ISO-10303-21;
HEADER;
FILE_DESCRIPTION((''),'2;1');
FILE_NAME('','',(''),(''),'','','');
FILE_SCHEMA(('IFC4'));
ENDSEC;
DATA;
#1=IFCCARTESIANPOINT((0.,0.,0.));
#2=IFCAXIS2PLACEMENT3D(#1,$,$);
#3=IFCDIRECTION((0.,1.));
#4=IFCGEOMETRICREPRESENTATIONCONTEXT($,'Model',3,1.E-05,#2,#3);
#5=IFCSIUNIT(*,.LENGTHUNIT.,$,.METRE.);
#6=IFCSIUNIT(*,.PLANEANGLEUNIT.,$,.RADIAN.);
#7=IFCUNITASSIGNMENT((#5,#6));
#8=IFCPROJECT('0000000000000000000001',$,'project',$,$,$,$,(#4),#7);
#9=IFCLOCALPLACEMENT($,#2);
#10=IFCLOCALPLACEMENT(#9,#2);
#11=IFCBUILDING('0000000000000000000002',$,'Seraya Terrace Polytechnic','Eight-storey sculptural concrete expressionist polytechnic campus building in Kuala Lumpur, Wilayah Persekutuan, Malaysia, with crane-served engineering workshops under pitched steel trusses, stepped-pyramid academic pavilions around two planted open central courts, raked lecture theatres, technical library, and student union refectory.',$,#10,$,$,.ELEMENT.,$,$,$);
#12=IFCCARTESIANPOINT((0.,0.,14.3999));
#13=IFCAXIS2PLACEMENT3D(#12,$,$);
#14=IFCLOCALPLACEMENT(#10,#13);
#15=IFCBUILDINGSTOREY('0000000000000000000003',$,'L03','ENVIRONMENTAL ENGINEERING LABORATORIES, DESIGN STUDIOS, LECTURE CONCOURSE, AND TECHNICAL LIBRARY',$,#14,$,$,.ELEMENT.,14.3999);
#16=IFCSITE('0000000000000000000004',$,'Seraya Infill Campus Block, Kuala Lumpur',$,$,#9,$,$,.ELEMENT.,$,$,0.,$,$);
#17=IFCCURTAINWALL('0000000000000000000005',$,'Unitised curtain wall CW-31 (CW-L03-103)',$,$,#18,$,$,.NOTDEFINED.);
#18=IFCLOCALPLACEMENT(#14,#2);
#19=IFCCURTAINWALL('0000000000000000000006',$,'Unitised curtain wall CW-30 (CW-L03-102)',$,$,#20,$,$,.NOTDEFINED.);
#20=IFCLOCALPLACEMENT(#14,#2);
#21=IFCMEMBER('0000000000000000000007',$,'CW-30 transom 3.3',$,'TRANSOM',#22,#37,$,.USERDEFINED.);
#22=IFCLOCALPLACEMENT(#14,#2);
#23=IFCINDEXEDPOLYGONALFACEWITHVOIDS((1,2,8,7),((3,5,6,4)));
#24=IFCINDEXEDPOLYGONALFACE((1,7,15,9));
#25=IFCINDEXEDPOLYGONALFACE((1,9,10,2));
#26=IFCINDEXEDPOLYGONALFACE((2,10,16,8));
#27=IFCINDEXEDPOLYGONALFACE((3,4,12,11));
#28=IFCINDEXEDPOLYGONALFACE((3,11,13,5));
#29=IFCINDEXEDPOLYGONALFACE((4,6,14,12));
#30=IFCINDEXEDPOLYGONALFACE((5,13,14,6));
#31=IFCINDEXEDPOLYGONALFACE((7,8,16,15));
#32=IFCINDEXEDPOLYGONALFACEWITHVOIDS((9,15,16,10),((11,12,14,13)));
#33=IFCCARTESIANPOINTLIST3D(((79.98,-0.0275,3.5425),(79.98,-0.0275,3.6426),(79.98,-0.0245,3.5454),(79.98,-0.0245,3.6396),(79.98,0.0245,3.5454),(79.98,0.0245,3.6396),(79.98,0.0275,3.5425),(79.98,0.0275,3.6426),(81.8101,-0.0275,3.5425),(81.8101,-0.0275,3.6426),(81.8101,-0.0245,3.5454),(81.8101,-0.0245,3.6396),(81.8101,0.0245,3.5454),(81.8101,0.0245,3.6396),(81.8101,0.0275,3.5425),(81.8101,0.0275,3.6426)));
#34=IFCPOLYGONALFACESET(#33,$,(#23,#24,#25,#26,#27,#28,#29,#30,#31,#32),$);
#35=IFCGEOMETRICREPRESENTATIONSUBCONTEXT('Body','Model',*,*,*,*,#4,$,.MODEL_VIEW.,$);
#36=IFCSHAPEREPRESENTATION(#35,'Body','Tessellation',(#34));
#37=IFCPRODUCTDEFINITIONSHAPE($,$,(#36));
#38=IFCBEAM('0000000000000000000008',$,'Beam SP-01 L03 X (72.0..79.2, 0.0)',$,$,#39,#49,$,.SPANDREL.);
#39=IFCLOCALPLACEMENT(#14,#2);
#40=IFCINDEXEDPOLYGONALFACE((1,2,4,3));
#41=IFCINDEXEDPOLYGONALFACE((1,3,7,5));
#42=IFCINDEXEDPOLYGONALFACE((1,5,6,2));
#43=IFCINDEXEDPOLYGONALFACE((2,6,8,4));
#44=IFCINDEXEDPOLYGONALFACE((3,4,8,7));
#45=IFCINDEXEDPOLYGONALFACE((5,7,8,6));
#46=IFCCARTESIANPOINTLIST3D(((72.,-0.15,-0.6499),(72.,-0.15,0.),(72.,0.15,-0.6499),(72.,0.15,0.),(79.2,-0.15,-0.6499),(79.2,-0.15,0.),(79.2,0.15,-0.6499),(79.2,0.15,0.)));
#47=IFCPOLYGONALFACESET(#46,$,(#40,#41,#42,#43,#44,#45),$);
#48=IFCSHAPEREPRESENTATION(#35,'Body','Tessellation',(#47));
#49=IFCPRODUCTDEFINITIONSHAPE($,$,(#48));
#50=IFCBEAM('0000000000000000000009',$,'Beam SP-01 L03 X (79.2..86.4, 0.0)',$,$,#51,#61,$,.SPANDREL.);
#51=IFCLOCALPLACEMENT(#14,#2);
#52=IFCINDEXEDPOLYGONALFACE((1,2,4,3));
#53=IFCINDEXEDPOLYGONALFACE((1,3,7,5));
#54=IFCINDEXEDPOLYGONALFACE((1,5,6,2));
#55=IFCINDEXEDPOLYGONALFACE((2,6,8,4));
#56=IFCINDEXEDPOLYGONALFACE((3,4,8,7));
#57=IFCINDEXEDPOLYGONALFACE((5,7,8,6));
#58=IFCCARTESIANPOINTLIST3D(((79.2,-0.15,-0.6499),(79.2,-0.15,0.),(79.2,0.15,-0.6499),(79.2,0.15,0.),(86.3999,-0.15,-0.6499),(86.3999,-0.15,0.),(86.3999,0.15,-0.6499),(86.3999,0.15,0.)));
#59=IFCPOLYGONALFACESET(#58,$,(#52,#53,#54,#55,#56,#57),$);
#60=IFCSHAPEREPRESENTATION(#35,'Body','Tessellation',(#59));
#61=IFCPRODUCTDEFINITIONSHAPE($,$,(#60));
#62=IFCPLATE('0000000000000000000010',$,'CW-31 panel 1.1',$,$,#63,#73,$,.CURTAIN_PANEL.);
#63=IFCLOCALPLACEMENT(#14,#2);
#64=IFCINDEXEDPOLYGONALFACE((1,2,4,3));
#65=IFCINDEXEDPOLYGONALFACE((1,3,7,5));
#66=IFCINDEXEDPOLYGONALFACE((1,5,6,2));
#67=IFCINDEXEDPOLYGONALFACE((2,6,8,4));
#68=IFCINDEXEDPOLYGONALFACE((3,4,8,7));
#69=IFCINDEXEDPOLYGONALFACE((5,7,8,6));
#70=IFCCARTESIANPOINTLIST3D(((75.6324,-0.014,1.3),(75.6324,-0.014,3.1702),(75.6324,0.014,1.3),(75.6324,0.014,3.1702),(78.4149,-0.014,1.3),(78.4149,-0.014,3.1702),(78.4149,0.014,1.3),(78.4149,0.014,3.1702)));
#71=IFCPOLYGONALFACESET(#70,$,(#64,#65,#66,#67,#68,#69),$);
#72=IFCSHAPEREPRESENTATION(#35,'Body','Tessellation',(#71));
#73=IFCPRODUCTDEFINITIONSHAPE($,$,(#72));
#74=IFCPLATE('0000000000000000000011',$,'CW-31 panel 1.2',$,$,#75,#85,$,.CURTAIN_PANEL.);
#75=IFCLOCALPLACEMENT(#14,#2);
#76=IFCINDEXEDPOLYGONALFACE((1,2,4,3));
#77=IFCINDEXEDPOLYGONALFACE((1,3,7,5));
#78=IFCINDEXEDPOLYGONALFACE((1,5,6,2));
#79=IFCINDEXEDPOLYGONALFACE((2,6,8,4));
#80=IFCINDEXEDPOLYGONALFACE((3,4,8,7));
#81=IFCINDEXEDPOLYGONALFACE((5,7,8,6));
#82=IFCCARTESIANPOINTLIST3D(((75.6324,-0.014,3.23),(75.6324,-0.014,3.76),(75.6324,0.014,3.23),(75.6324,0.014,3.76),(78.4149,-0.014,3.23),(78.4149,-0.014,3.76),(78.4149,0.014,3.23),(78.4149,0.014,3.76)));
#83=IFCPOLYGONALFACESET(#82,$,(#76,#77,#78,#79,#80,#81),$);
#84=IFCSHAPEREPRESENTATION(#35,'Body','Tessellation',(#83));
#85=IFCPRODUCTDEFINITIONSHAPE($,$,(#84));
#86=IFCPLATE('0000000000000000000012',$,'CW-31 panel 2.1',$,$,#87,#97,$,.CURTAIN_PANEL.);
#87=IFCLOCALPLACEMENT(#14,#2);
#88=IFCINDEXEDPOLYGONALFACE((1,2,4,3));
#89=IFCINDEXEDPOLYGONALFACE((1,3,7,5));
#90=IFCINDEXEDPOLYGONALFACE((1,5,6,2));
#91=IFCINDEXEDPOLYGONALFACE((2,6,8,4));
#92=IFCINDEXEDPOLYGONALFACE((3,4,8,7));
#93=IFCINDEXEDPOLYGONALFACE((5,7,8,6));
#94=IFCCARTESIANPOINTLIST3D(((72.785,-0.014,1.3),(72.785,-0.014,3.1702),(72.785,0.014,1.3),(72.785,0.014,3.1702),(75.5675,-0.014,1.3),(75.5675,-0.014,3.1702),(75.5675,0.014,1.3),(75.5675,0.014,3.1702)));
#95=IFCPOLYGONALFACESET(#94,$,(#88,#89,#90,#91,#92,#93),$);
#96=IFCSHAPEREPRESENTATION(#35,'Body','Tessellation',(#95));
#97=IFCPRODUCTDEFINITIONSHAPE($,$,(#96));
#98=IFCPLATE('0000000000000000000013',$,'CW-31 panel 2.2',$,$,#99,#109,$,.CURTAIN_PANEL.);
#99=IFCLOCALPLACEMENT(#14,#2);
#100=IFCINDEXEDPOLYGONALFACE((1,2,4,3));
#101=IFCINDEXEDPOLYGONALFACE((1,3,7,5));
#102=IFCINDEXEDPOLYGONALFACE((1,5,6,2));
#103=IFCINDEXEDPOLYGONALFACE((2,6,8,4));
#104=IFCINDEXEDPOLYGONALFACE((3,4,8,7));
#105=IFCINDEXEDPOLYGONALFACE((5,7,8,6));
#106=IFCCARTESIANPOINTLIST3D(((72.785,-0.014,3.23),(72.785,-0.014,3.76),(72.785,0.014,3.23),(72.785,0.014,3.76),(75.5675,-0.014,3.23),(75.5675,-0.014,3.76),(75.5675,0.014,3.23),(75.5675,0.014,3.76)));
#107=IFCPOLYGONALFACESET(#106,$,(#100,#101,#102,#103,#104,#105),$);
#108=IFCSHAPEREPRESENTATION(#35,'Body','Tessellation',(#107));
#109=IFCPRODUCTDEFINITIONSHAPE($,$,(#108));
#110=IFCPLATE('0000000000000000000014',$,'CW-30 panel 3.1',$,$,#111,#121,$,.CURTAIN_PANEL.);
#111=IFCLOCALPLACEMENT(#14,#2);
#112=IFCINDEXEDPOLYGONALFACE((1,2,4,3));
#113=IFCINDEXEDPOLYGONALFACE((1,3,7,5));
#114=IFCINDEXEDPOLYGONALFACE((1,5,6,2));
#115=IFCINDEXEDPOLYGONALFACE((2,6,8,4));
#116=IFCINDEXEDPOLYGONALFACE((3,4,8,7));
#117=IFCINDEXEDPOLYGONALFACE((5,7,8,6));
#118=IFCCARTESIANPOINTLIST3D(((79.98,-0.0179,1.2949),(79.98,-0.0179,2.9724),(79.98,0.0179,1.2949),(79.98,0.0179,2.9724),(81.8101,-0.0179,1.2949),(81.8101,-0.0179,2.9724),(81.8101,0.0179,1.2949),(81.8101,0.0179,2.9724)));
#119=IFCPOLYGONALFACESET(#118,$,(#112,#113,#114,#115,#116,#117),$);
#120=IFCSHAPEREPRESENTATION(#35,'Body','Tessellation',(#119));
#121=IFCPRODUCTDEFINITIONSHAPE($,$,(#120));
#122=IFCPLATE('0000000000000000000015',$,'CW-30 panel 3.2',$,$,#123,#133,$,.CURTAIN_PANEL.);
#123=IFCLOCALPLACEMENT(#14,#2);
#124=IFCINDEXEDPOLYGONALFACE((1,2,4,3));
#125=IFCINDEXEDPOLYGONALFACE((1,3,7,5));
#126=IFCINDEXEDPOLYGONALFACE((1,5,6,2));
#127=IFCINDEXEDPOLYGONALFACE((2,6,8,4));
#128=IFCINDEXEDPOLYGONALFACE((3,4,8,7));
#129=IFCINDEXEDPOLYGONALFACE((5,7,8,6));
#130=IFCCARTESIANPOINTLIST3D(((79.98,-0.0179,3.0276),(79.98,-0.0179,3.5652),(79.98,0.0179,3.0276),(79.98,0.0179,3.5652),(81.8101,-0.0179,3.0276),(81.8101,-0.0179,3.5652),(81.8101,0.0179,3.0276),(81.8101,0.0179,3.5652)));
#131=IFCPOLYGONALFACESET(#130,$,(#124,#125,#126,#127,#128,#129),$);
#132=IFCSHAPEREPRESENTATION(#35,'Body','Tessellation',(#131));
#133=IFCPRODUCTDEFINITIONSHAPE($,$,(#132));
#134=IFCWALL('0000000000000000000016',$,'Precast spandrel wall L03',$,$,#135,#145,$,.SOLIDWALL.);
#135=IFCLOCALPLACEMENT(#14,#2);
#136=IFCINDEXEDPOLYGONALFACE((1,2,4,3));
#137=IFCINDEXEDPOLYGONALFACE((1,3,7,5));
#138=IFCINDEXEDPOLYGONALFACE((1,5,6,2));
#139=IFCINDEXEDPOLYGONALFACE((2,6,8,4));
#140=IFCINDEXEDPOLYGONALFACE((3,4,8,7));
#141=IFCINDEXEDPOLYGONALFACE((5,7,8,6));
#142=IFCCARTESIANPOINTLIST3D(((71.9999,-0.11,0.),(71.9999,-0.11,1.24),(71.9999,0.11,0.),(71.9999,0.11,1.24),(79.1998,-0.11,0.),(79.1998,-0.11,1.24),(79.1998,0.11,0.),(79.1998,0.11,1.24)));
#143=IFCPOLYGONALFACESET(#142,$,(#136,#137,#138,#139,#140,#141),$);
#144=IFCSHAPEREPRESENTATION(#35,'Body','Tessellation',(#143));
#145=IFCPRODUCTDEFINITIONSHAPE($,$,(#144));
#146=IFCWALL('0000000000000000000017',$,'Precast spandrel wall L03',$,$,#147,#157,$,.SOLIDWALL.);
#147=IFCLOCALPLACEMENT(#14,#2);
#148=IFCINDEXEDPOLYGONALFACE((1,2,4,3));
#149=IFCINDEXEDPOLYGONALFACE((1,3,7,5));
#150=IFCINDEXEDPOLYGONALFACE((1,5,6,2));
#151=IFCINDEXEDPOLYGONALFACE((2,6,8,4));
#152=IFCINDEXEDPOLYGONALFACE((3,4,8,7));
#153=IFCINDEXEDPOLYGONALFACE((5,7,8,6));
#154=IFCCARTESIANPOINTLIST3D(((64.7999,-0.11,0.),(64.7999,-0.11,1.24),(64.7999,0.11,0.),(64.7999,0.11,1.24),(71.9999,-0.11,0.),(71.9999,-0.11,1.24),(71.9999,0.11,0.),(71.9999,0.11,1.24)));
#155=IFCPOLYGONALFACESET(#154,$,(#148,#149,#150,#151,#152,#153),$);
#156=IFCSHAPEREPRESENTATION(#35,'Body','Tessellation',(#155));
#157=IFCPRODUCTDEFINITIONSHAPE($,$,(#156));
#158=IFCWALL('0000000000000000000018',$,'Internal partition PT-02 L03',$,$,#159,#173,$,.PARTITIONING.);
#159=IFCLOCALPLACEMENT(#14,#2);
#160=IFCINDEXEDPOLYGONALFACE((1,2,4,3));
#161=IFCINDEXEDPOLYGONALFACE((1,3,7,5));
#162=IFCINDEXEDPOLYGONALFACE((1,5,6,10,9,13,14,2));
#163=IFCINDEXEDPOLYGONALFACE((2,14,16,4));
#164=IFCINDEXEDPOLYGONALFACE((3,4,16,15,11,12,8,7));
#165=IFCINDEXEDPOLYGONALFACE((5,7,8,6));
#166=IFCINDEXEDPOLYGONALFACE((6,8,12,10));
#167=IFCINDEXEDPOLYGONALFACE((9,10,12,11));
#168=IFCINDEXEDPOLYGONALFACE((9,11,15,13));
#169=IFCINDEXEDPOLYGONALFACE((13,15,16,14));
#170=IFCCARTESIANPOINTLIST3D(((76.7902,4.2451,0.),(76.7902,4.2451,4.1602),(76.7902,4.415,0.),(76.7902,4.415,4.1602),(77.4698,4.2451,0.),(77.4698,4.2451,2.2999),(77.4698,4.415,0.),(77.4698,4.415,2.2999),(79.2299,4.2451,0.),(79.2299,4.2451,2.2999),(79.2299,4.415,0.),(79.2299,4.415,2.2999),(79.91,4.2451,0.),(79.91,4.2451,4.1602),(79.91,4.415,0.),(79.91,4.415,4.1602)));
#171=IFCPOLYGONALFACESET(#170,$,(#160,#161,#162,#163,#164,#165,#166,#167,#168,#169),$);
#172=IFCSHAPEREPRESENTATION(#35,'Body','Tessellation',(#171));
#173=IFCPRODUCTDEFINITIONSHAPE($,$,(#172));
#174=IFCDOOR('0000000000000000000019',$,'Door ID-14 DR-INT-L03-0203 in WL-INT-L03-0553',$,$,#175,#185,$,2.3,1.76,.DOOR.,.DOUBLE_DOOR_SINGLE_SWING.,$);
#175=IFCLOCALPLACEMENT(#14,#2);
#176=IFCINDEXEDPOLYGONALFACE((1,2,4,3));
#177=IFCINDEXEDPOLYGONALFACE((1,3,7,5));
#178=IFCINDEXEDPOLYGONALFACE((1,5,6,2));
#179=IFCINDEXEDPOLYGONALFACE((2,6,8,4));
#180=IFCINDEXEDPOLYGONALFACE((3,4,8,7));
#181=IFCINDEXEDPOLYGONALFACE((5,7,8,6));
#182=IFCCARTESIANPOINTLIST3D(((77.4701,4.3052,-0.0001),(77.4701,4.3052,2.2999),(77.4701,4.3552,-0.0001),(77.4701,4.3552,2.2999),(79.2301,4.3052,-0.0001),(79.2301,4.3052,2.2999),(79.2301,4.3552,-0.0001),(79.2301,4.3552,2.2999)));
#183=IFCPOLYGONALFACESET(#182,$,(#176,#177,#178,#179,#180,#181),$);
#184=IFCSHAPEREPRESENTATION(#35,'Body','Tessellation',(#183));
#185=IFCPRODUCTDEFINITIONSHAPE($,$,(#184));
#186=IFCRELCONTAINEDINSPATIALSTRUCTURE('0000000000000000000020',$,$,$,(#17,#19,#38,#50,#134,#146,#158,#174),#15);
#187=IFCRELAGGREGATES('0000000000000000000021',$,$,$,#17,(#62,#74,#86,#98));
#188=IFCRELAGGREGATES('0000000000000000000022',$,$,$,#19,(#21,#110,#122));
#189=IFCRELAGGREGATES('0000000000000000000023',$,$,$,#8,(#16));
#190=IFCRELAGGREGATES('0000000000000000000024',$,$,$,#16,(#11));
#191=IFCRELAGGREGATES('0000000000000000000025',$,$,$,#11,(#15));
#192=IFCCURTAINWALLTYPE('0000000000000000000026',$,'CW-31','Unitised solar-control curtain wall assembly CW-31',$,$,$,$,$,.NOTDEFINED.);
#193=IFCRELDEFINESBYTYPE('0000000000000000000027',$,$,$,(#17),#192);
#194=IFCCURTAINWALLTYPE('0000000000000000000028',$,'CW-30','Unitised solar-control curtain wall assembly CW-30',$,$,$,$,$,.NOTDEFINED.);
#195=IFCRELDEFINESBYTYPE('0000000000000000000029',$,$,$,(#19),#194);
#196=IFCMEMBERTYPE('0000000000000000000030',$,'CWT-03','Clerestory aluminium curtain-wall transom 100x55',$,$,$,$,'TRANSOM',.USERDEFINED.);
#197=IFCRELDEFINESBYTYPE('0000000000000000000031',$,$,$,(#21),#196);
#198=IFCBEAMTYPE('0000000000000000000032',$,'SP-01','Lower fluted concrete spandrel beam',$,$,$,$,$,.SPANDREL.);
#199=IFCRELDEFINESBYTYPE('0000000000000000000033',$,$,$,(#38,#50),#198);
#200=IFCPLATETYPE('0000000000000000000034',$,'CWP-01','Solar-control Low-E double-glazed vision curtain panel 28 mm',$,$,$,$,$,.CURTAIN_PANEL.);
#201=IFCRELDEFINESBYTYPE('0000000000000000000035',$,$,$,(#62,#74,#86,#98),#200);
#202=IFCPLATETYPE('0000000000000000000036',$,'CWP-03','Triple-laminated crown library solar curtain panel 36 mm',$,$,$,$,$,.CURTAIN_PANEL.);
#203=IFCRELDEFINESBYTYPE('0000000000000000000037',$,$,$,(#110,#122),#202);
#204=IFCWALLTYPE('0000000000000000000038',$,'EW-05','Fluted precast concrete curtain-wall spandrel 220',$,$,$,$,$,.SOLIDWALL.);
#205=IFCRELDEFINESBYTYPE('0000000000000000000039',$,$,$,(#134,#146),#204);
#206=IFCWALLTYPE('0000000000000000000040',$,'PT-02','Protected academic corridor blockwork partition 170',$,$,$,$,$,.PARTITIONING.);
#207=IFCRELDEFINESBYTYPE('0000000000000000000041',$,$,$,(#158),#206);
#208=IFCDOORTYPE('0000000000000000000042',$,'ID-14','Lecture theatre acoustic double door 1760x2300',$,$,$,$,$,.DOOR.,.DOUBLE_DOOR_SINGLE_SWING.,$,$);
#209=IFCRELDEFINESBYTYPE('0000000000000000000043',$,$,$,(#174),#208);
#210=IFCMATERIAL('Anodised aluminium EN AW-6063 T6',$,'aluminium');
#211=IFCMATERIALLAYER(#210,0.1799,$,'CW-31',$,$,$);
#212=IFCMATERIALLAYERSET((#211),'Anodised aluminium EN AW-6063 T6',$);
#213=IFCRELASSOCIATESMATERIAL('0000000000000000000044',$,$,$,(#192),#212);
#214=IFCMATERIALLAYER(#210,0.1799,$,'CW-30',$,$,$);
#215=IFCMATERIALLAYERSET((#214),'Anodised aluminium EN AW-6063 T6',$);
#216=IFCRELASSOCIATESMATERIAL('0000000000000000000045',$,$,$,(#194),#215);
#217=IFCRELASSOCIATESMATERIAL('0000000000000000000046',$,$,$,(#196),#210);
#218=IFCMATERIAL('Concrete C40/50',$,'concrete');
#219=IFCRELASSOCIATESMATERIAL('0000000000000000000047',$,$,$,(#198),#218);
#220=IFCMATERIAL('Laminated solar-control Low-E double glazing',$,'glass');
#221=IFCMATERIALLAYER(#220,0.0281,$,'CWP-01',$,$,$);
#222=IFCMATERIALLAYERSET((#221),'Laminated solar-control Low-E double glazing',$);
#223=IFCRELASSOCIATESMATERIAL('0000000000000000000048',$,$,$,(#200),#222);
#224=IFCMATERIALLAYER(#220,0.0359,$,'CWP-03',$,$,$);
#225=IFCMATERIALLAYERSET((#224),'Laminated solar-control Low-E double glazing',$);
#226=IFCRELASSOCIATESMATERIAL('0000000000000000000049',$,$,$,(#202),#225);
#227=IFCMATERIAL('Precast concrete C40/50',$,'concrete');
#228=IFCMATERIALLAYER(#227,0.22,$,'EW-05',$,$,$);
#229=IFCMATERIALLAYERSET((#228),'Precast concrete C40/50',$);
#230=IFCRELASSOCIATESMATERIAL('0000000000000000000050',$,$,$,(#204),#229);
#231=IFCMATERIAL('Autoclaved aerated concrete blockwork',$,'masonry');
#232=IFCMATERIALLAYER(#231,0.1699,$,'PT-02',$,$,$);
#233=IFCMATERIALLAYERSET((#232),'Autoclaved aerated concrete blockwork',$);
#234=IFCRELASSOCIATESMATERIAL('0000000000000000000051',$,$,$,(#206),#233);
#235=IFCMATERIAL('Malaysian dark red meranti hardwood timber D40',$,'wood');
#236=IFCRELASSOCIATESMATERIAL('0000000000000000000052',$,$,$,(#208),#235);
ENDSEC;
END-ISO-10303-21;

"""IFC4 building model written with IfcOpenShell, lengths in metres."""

from ifc_helpers import new_model, si_unit, direction, frame, frame_2d, origin, origin_2d, place, context, subcontext, project, spatial, rectangle, hollow_rectangle, extrude, material, layer, layer_set, material_profile, profile_set, type_object, element, fill, aggregate, save


model = new_model("IFC4")

# Units and contexts
model_context = context("Model", 3, precision=1e-05, world=origin(), true_north=direction((0.0, 1.0)))
body_context = subcontext(model_context, "Body", "Model", "MODEL_VIEW")
ifc_project = project(units=[si_unit("LENGTHUNIT", "METRE"), si_unit("PLANEANGLEUNIT", "RADIAN")], contexts=[model_context])

# Site, building, storey
site_placement = place(None, origin())
site = spatial("IfcSite", under=ifc_project, at=site_placement, Name="Seraya Infill Campus Block, Kuala Lumpur", CompositionType="ELEMENT", RefElevation=0.0)
building_placement = place(site_placement, origin())
building = spatial("IfcBuilding", under=site, at=building_placement, Name="Seraya Terrace Polytechnic", Description="Eight-storey sculptural concrete expressionist polytechnic campus building in Kuala Lumpur, Wilayah Persekutuan, Malaysia, with crane-served engineering workshops under pitched steel trusses, stepped-pyramid academic pavilions around two planted open central courts, raked lecture theatres, technical library, and student union refectory.", CompositionType="ELEMENT")
storey_placement = place(building_placement, frame((0.0, 0.0, 14.3999)))
storey = spatial("IfcBuildingStorey", under=building, at=storey_placement, Name="L03", Description="ENVIRONMENTAL ENGINEERING LABORATORIES, DESIGN STUDIOS, LECTURE CONCOURSE, AND TECHNICAL LIBRARY", CompositionType="ELEMENT", Elevation=14.3999)

# Shared definitions
ifc_material_1 = material(Name="Concrete C40/50", Category="concrete")

# Curtain wall
ifc_material_2 = material(Name="Anodised aluminium EN AW-6063 T6", Category="aluminium")
ifc_layer_1 = layer(ifc_material_2, 0.1799, Name="CW-31")
ifc_layer_set_1 = layer_set([ifc_layer_1], Name="Anodised aluminium EN AW-6063 T6")
curtain_wall_type_1 = type_object("IfcCurtainWallType", Name="CW-31", Description="Unitised solar-control curtain wall assembly CW-31", PredefinedType="NOTDEFINED", material=ifc_layer_set_1)
curtain_wall_1_placement = place(storey_placement, origin())
curtain_wall_1 = element("IfcCurtainWall", 1, at=curtain_wall_1_placement, inside=storey, type_object=curtain_wall_type_1, Name="Unitised curtain wall CW-31 (CW-L03-103)", PredefinedType="NOTDEFINED")

# Curtain wall
ifc_layer_2 = layer(ifc_material_2, 0.1799, Name="CW-30")
ifc_layer_set_2 = layer_set([ifc_layer_2], Name="Anodised aluminium EN AW-6063 T6")
curtain_wall_type_2 = type_object("IfcCurtainWallType", Name="CW-30", Description="Unitised solar-control curtain wall assembly CW-30", PredefinedType="NOTDEFINED", material=ifc_layer_set_2)
curtain_wall_2_placement = place(storey_placement, origin())
curtain_wall_2 = element("IfcCurtainWall", 2, at=curtain_wall_2_placement, inside=storey, type_object=curtain_wall_type_2, Name="Unitised curtain wall CW-30 (CW-L03-102)", PredefinedType="NOTDEFINED")

# Member
ifc_material_profile_1 = material_profile(ifc_material_2, hollow_rectangle(XDim=0.0549, YDim=0.1001, WallThickness=0.0029, at=origin_2d()), Name="RHS 100x55x3.0")
ifc_profile_set_1 = profile_set([ifc_material_profile_1], Name="Anodised aluminium EN AW-6063 T6")
member_type_1 = type_object("IfcMemberType", Name="CWT-03", Description="Clerestory aluminium curtain-wall transom 100x55", ElementType="TRANSOM", PredefinedType="USERDEFINED", material=ifc_profile_set_1)
member_1_placement = place(storey_placement, frame((81.8101, 0.0, 3.5925), z_axis=(-1.0, 0.0, 0.0), x_axis=(0.0, -1.0, 0.0)))
member_1 = element("IfcMember", 3, at=member_1_placement, type_object=member_type_1, Name="CW-30 transom 3.3", ObjectType="TRANSOM", PredefinedType="USERDEFINED", context=body_context, shape_type="SweptSolid", body=[
    extrude(hollow_rectangle(XDim=0.0549, YDim=0.1001, WallThickness=0.0029, at=origin_2d()), origin(), (0.0, 0.0, 1.0), 1.8301),
])

# Beams
ifc_material_profile_2 = material_profile(ifc_material_1, rectangle(XDim=0.3, YDim=0.6499, at=origin_2d()), Name="RC 300x650")
ifc_profile_set_2 = profile_set([ifc_material_profile_2], Name="Concrete C40/50")
beam_type_1 = type_object("IfcBeamType", Name="SP-01", Description="Lower fluted concrete spandrel beam", PredefinedType="SPANDREL", material=ifc_profile_set_2)
for number, where, z_axis, x_axis, name in (
    (4, (72.0, 0.0, -0.325), (1.0, 0.0, 0.0), (0.0, 1.0, 0.0), "Beam SP-01 L03 X (72.0..79.2, 0.0)"),
    (5, (79.2, 0.0, -0.325), (1.0, 0.0, 0.0), (0.0, 1.0, 0.0), "Beam SP-01 L03 X (79.2..86.4, 0.0)"),
):
    element("IfcBeam", number, at=place(storey_placement, frame(where, z_axis=z_axis, x_axis=x_axis)), inside=storey, type_object=beam_type_1, Name=name, PredefinedType="SPANDREL", context=body_context, shape_type="SweptSolid", body=[
        extrude(rectangle(XDim=0.3, YDim=0.6499, at=origin_2d()), origin(), (0.0, 0.0, 1.0), 7.2),
    ])

# Plates
ifc_material_3 = material(Name="Laminated solar-control Low-E double glazing", Category="glass")
ifc_layer_3 = layer(ifc_material_3, 0.0281, Name="CWP-01")
ifc_layer_set_3 = layer_set([ifc_layer_3], Name="Laminated solar-control Low-E double glazing")
plate_type_1 = type_object("IfcPlateType", Name="CWP-01", Description="Solar-control Low-E double-glazed vision curtain panel 28 mm", PredefinedType="CURTAIN_PANEL", material=ifc_layer_set_3)
plate_1_placement = place(storey_placement, frame((77.0237, 0.0, 1.3), z_axis=(0.0, 0.0, 1.0), x_axis=(-1.0, 0.0, 0.0)))
plate_1 = element("IfcPlate", 6, at=plate_1_placement, type_object=plate_type_1, Name="CW-31 panel 1.1", PredefinedType="CURTAIN_PANEL", context=body_context, shape_type="SweptSolid", body=[
    extrude(rectangle(XDim=2.7825, YDim=0.0281, at=origin_2d()), origin(), (0.0, 0.0, 1.0), 1.8701),
])
plate_2_placement = place(storey_placement, frame((77.0237, 0.0, 3.23), z_axis=(0.0, 0.0, 1.0), x_axis=(-1.0, 0.0, 0.0)))
plate_2 = element("IfcPlate", 7, at=plate_2_placement, type_object=plate_type_1, Name="CW-31 panel 1.2", PredefinedType="CURTAIN_PANEL", context=body_context, shape_type="SweptSolid", body=[
    extrude(rectangle(XDim=2.7825, YDim=0.0281, at=origin_2d()), origin(), (0.0, 0.0, 1.0), 0.53),
])
plate_3_placement = place(storey_placement, frame((74.1763, 0.0, 1.3), z_axis=(0.0, 0.0, 1.0), x_axis=(-1.0, 0.0, 0.0)))
plate_3 = element("IfcPlate", 8, at=plate_3_placement, type_object=plate_type_1, Name="CW-31 panel 2.1", PredefinedType="CURTAIN_PANEL", context=body_context, shape_type="SweptSolid", body=[
    extrude(rectangle(XDim=2.7825, YDim=0.0281, at=origin_2d()), origin(), (0.0, 0.0, 1.0), 1.8701),
])
plate_4_placement = place(storey_placement, frame((74.1763, 0.0, 3.23), z_axis=(0.0, 0.0, 1.0), x_axis=(-1.0, 0.0, 0.0)))
plate_4 = element("IfcPlate", 9, at=plate_4_placement, type_object=plate_type_1, Name="CW-31 panel 2.2", PredefinedType="CURTAIN_PANEL", context=body_context, shape_type="SweptSolid", body=[
    extrude(rectangle(XDim=2.7825, YDim=0.0281, at=origin_2d()), origin(), (0.0, 0.0, 1.0), 0.53),
])
aggregate(curtain_wall_1, [plate_1, plate_2, plate_3, plate_4])
ifc_layer_4 = layer(ifc_material_3, 0.0359, Name="CWP-03")
ifc_layer_set_4 = layer_set([ifc_layer_4], Name="Laminated solar-control Low-E double glazing")
plate_type_2 = type_object("IfcPlateType", Name="CWP-03", Description="Triple-laminated crown library solar curtain panel 36 mm", PredefinedType="CURTAIN_PANEL", material=ifc_layer_set_4)
plate_5_placement = place(storey_placement, frame((80.895, 0.0, 1.2949), z_axis=(0.0, 0.0, 1.0), x_axis=(-1.0, 0.0, 0.0)))
plate_5 = element("IfcPlate", 10, at=plate_5_placement, type_object=plate_type_2, Name="CW-30 panel 3.1", PredefinedType="CURTAIN_PANEL", context=body_context, shape_type="SweptSolid", body=[
    extrude(rectangle(XDim=1.8301, YDim=0.0359, at=origin_2d()), origin(), (0.0, 0.0, 1.0), 1.6775),
])
plate_6_placement = place(storey_placement, frame((80.895, 0.0, 3.0276), z_axis=(0.0, 0.0, 1.0), x_axis=(-1.0, 0.0, 0.0)))
plate_6 = element("IfcPlate", 11, at=plate_6_placement, type_object=plate_type_2, Name="CW-30 panel 3.2", PredefinedType="CURTAIN_PANEL", context=body_context, shape_type="SweptSolid", body=[
    extrude(rectangle(XDim=1.8301, YDim=0.0359, at=origin_2d()), origin(), (0.0, 0.0, 1.0), 0.5376),
])
aggregate(curtain_wall_2, [member_1, plate_5, plate_6])

# Walls
ifc_material_4 = material(Name="Precast concrete C40/50", Category="concrete")
ifc_layer_5 = layer(ifc_material_4, 0.22, Name="EW-05")
ifc_layer_set_5 = layer_set([ifc_layer_5], Name="Precast concrete C40/50")
wall_type_1 = type_object("IfcWallType", Name="EW-05", Description="Fluted precast concrete curtain-wall spandrel 220", PredefinedType="SOLIDWALL", material=ifc_layer_set_5)
for number, where, z_axis, x_axis, name in (
    (12, (79.2, 0.0, 0.0), (0.0, 0.0, 1.0), (-1.0, 0.0, 0.0), "Precast spandrel wall L03"),
    (13, (72.0, 0.0, 0.0), (0.0, 0.0, 1.0), (-1.0, 0.0, 0.0), "Precast spandrel wall L03"),
):
    element("IfcWall", number, at=place(storey_placement, frame(where, z_axis=z_axis, x_axis=x_axis)), inside=storey, type_object=wall_type_1, Name=name, PredefinedType="SOLIDWALL", context=body_context, shape_type="SweptSolid", body=[
        extrude(rectangle(XDim=7.2, YDim=0.22, at=frame_2d((3.6001, 0.0))), origin(), (0.0, 0.0, 1.0), 1.24),
    ])

# Wall, opening, door
ifc_material_5 = material(Name="Autoclaved aerated concrete blockwork", Category="masonry")
ifc_layer_6 = layer(ifc_material_5, 0.1699, Name="PT-02")
ifc_layer_set_6 = layer_set([ifc_layer_6], Name="Autoclaved aerated concrete blockwork")
wall_type_2 = type_object("IfcWallType", Name="PT-02", Description="Protected academic corridor blockwork partition 170", PredefinedType="PARTITIONING", material=ifc_layer_set_6)
wall_1_placement = place(storey_placement, frame((76.79, 4.3301, 0.0), z_axis=(0.0, 0.0, 1.0), x_axis=(1.0, 0.0, 0.0)))
wall_1 = element("IfcWall", 14, at=wall_1_placement, inside=storey, type_object=wall_type_2, Name="Internal partition PT-02 L03", PredefinedType="PARTITIONING", context=body_context, shape_type="SweptSolid", body=[
    extrude(rectangle(XDim=3.1199, YDim=0.1699, at=frame_2d((1.5601, 0.0))), origin(), (0.0, 0.0, 1.0), 4.1602),
])
opening_1_placement = place(wall_1_placement, frame((0.6799, 0.0, 0.0)))
opening_1 = element("IfcOpeningElement", 15, at=opening_1_placement, cuts=wall_1, PredefinedType="OPENING", context=body_context, shape_type="SweptSolid", body=[
    extrude(rectangle(XDim=1.76, YDim=2.3, at=frame_2d((0.8799, 1.1499))), frame((0.0, 0.0969, 0.0), z_axis=(0.0, -1.0, 0.0), x_axis=(1.0, 0.0, 0.0)), (0.0, 0.0, 1.0), 0.1938),
])
ifc_material_6 = material(Name="Malaysian dark red meranti hardwood timber D40", Category="wood")
door_type_1 = type_object("IfcDoorType", Name="ID-14", Description="Lecture theatre acoustic double door 1760x2300", OperationType="DOUBLE_DOOR_SINGLE_SWING", PredefinedType="DOOR", material=ifc_material_6)
door_1_placement = place(opening_1_placement, frame((1.76, 0.0, 0.0), z_axis=(0.0, 0.0, 1.0), x_axis=(-1.0, 0.0, 0.0)))
door_1 = element("IfcDoor", 16, at=door_1_placement, inside=storey, type_object=door_type_1, Name="Door ID-14 DR-INT-L03-0203 in WL-INT-L03-0553", OperationType="DOUBLE_DOOR_SINGLE_SWING", OverallHeight=2.3, OverallWidth=1.76, PredefinedType="DOOR", context=body_context, shape_type="SweptSolid", body=[
    extrude(rectangle(XDim=1.76, YDim=2.3, at=frame_2d((0.8799, 1.1499))), frame((0.0, 0.0249, 0.0), z_axis=(0.0, -1.0, 0.0), x_axis=(1.0, 0.0, 0.0)), (0.0, 0.0, 1.0), 0.05),
])
fill(opening_1, door_1)

save(model, "model.ifc")
